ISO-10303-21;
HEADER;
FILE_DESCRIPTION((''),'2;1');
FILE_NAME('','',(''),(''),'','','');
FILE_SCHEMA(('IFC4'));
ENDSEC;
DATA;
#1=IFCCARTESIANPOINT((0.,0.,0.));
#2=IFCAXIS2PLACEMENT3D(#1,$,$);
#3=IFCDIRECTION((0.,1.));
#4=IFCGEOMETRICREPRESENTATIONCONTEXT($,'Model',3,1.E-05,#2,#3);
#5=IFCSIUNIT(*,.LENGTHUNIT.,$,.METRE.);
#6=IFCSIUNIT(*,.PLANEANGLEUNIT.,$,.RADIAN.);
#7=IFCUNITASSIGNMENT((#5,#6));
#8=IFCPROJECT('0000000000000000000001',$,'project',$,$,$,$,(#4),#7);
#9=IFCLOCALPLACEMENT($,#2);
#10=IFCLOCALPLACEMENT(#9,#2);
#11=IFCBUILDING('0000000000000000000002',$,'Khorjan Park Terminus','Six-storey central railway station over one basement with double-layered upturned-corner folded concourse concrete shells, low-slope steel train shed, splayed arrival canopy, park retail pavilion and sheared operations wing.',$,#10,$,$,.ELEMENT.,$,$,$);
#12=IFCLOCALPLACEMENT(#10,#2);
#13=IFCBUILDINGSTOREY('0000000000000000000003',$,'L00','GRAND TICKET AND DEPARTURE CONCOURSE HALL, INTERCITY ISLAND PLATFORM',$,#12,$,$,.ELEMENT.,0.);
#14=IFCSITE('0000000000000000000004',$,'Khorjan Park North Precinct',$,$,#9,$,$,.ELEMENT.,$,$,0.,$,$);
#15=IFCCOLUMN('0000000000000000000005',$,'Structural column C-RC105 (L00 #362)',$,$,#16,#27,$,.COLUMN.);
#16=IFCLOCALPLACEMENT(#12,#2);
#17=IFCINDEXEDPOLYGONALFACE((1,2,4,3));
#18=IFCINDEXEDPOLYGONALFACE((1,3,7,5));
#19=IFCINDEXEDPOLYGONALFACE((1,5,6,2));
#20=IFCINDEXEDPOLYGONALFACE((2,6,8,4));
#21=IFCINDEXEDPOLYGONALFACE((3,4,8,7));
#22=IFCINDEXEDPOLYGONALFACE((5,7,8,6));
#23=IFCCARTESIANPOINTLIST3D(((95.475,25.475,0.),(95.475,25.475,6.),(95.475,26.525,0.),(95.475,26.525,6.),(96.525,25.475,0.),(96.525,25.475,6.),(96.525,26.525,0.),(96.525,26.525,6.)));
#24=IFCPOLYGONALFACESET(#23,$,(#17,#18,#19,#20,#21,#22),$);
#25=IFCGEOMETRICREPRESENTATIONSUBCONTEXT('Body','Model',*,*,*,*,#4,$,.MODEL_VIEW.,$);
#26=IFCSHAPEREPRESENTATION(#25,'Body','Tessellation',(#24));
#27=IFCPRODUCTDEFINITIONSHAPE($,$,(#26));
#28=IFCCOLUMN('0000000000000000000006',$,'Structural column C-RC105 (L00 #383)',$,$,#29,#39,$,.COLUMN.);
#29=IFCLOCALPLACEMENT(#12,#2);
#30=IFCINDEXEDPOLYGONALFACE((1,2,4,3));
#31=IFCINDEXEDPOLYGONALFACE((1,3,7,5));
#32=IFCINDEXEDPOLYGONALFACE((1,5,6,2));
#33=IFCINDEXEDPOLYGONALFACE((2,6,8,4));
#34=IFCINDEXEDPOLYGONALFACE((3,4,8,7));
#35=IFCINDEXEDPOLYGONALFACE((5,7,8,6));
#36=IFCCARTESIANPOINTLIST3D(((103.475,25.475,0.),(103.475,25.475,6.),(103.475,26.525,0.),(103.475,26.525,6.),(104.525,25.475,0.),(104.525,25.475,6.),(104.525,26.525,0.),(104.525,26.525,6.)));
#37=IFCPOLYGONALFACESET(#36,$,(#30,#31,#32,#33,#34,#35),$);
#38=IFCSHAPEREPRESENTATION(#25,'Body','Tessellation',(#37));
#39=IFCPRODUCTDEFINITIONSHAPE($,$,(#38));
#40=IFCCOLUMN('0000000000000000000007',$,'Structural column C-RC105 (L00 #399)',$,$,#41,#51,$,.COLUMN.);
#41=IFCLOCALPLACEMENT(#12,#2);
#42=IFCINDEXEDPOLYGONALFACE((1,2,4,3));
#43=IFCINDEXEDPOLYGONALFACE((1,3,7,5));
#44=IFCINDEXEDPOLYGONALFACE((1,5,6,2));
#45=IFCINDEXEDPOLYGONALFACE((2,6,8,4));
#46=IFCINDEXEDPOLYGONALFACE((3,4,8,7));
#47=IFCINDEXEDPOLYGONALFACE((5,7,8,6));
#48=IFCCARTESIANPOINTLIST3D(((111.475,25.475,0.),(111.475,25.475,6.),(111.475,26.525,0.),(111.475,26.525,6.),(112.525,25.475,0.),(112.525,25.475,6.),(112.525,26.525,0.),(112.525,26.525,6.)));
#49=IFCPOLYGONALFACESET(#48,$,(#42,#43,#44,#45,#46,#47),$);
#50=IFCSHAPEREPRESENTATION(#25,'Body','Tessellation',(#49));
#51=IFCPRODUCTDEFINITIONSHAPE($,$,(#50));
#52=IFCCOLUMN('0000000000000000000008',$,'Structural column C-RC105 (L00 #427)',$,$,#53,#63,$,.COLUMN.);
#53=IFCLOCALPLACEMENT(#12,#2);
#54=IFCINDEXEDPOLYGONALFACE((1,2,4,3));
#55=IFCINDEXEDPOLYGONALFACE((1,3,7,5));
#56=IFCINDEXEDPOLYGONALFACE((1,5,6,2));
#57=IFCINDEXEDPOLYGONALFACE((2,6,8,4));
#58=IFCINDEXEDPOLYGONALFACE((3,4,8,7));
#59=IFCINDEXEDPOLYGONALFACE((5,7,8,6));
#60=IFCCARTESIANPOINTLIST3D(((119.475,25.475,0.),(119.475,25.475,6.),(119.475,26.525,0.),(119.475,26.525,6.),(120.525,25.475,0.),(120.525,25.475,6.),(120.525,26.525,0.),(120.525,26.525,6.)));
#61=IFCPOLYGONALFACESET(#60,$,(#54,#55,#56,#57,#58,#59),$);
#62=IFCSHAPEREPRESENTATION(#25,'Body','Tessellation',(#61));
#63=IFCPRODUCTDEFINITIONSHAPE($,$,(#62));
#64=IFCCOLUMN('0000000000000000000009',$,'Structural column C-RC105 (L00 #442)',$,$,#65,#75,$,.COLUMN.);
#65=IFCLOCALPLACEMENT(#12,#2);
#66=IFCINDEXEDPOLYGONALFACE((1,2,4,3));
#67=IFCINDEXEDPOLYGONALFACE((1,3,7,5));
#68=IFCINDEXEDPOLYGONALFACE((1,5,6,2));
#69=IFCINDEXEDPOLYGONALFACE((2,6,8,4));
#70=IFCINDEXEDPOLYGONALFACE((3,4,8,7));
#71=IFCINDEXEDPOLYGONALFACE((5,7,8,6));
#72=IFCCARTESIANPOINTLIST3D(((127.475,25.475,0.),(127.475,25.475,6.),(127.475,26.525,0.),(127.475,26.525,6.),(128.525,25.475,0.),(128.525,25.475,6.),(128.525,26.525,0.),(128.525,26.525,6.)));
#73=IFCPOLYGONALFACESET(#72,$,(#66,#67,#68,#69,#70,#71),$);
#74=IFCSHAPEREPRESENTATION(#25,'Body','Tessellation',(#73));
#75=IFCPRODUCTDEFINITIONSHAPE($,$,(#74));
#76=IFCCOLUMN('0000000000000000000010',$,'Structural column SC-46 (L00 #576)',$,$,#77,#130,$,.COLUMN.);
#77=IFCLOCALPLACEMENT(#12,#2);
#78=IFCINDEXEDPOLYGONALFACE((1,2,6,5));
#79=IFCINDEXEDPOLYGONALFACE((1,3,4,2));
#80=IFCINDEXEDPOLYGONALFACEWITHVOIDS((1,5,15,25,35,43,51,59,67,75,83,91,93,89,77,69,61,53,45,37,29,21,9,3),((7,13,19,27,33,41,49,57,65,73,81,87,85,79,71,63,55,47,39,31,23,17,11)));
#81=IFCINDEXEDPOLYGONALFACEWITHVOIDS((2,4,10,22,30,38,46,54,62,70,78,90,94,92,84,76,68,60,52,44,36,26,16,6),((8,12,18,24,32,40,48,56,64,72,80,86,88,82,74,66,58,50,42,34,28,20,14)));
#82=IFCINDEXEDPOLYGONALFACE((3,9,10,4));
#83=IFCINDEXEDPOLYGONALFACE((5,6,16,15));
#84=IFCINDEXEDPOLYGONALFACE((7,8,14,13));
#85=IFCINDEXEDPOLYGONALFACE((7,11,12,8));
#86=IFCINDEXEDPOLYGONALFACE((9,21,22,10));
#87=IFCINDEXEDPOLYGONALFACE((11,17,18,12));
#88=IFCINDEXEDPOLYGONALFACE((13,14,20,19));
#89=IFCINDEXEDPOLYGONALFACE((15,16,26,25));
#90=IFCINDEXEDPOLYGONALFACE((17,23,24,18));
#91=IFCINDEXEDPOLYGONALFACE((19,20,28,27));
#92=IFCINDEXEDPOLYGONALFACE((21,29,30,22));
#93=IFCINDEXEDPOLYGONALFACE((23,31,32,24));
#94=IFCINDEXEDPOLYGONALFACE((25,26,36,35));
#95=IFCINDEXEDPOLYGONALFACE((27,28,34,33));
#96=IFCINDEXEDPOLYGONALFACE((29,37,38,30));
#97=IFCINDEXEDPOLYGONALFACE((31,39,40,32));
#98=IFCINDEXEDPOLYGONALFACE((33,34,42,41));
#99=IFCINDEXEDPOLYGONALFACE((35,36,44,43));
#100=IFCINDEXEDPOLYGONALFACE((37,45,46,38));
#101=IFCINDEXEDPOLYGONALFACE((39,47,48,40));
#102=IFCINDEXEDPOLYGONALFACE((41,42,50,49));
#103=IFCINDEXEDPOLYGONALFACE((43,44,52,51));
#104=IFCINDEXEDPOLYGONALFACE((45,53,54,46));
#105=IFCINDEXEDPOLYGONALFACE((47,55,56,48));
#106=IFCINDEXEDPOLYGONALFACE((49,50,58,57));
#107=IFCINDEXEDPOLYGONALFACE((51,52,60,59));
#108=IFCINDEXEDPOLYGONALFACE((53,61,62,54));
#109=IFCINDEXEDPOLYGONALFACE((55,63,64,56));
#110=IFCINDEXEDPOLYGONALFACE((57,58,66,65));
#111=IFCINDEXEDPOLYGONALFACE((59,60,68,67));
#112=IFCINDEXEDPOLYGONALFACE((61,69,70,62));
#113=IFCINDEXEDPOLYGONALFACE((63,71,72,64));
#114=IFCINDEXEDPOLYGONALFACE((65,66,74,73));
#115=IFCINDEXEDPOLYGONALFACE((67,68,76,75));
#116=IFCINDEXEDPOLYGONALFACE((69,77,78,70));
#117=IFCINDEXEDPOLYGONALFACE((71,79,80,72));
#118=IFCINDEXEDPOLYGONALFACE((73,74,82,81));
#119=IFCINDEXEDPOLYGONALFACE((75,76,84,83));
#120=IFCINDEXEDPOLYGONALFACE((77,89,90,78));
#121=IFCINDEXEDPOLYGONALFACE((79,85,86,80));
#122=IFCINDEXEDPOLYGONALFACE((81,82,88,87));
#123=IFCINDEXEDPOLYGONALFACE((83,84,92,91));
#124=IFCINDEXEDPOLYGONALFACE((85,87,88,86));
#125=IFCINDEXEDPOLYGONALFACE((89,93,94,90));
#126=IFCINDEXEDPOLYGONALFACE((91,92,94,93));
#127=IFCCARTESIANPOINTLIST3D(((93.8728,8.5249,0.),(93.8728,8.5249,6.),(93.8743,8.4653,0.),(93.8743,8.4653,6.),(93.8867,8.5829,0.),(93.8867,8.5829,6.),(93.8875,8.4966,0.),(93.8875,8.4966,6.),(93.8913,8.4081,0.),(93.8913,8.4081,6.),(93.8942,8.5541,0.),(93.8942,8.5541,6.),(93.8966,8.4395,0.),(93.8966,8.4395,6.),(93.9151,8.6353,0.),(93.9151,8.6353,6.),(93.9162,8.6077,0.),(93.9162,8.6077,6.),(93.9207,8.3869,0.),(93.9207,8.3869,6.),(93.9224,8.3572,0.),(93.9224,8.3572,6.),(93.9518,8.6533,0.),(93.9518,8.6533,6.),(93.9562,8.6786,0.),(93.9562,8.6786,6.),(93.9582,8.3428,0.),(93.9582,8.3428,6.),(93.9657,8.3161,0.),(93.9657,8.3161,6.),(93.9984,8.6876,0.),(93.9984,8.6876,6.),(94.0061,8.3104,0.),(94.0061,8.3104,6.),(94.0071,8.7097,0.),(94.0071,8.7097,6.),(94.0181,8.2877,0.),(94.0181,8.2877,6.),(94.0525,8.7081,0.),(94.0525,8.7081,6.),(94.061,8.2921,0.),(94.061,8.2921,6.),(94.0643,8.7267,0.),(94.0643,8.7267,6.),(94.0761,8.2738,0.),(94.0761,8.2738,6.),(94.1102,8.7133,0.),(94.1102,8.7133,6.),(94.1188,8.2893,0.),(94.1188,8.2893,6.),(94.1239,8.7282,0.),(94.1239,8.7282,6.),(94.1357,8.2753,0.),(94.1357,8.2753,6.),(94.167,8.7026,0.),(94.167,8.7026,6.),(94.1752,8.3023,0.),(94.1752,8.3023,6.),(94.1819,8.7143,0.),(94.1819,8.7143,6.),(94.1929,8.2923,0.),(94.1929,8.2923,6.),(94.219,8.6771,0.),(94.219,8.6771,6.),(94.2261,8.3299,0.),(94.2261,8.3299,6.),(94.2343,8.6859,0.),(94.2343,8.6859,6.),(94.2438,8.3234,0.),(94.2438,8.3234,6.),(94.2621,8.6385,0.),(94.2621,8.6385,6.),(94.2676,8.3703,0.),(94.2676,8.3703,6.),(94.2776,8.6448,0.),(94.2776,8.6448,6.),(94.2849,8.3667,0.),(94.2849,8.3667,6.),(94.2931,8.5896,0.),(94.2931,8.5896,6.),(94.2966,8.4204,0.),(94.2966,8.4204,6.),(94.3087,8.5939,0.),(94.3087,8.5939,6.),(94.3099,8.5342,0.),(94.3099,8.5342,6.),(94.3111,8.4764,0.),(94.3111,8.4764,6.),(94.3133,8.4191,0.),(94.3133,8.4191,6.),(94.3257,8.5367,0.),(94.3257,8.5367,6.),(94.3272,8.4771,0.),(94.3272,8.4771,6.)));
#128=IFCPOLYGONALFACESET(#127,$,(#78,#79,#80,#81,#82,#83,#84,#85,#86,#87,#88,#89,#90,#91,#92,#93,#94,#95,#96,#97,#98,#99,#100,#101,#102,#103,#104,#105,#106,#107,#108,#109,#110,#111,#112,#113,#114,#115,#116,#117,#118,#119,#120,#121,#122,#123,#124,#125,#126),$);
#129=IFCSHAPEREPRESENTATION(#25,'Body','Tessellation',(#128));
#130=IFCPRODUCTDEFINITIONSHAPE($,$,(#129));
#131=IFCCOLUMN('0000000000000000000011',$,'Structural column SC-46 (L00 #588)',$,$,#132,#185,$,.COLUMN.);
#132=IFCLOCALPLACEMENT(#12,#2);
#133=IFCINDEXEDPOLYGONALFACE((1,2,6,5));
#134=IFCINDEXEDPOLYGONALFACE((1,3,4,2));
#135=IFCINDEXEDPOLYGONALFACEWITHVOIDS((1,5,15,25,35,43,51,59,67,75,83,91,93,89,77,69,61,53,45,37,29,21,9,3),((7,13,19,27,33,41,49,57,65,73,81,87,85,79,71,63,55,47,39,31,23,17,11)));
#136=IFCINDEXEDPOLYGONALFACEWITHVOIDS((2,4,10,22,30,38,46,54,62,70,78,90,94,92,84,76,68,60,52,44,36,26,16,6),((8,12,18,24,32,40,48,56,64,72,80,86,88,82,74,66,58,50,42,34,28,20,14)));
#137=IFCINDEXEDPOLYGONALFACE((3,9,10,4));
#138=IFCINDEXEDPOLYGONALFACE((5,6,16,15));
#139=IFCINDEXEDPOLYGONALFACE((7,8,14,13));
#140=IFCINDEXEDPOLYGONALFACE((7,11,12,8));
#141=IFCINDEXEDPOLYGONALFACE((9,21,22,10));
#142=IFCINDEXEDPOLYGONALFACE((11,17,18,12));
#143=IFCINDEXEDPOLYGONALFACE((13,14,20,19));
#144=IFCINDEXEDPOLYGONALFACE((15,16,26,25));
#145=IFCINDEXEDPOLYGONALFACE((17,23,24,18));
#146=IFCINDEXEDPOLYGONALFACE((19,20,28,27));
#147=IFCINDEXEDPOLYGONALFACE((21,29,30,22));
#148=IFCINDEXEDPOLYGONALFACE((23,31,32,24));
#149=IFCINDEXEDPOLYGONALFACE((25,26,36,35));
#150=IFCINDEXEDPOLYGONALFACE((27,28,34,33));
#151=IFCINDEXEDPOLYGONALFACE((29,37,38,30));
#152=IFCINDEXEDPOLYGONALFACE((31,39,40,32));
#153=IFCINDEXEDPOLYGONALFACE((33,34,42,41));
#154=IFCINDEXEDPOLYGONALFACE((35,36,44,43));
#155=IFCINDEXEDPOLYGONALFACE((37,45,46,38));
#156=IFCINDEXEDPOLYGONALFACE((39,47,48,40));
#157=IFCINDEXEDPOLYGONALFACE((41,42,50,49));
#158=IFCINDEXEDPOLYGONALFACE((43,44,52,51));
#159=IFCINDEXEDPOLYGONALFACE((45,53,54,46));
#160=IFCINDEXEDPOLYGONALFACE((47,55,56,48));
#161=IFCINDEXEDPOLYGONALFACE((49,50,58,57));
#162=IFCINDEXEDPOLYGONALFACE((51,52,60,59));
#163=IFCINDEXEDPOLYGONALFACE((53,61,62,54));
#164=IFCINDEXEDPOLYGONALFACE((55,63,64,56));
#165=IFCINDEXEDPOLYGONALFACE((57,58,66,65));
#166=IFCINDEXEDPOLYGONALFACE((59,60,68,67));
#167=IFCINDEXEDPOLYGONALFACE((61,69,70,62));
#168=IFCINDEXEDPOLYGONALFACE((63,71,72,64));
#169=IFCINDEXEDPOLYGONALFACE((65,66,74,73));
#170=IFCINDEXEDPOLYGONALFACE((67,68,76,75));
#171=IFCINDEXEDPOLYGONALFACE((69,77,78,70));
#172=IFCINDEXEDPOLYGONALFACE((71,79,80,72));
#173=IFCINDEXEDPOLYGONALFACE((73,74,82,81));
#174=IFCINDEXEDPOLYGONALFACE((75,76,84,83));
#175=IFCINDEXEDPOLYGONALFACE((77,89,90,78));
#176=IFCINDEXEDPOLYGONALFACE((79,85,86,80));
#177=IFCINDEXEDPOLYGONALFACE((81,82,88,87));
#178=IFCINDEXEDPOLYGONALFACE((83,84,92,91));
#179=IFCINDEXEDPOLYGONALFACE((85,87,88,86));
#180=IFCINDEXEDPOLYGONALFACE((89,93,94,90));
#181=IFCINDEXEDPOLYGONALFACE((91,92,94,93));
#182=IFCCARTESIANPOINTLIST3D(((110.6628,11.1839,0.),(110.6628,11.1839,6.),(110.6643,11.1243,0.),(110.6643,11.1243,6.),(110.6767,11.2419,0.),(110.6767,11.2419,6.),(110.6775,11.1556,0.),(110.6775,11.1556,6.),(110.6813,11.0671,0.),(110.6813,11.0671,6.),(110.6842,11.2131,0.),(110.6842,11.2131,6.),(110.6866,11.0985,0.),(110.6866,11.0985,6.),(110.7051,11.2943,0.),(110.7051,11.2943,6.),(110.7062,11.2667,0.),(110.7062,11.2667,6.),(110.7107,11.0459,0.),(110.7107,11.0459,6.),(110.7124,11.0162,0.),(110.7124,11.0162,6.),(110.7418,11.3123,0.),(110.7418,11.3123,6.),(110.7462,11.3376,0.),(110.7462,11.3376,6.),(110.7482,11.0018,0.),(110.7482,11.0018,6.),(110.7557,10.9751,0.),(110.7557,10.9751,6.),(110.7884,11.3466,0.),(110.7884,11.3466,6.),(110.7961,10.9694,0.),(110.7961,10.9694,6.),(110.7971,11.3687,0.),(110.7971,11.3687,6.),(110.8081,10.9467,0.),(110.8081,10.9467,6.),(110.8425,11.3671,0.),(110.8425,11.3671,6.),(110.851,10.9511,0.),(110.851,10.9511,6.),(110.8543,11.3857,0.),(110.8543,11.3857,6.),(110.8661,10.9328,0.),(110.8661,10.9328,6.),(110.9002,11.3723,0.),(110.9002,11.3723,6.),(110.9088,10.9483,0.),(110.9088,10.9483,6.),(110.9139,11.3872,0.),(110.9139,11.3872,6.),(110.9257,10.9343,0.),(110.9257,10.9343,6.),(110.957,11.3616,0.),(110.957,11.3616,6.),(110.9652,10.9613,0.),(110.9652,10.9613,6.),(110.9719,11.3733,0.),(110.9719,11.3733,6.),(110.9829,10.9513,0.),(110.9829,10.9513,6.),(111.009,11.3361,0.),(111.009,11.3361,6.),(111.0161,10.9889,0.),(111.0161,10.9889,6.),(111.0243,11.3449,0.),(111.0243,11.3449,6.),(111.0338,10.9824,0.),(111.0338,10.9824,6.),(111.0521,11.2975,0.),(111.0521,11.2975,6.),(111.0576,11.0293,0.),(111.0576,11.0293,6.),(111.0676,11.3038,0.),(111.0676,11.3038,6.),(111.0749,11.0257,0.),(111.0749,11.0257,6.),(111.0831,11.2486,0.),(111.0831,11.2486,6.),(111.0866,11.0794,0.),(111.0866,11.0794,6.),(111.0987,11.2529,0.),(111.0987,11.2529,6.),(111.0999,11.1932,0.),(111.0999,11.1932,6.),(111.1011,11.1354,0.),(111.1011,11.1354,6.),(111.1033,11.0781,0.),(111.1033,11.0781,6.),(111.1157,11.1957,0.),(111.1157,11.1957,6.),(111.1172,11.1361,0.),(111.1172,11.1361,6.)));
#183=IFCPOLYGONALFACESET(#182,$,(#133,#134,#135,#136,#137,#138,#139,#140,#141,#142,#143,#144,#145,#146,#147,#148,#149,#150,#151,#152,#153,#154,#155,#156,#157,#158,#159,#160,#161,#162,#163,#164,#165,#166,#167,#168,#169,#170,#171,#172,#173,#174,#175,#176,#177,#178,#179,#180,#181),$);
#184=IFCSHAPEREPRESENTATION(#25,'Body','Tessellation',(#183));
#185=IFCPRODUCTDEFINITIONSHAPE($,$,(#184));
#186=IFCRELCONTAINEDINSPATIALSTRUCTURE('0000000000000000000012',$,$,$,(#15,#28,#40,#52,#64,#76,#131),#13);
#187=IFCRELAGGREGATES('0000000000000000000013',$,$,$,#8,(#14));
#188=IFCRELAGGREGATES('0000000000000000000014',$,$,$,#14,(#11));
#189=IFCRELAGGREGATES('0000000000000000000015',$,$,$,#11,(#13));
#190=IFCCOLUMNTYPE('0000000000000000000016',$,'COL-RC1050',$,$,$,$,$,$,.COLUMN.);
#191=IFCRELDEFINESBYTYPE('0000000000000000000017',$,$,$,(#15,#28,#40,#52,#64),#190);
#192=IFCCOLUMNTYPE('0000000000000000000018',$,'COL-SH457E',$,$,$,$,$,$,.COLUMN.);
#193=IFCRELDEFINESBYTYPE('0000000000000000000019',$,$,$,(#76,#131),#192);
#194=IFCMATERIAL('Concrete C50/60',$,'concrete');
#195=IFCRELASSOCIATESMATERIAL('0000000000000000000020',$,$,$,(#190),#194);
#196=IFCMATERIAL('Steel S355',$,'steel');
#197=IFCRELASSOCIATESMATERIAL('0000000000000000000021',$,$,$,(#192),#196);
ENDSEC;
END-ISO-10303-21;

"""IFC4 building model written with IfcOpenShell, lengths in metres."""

from ifc_helpers import new_model, si_unit, direction, frame, origin, origin_2d, place, context, subcontext, project, spatial, rectangle, hollow_circle, extrude, material, material_profile, profile_set, type_object, element, save


model = new_model("IFC4")

# Units and contexts
model_context = context("Model", 3, precision=1e-05, world=origin(), true_north=direction((0.0, 1.0)))
body_context = subcontext(model_context, "Body", "Model", "MODEL_VIEW")
ifc_project = project(units=[si_unit("LENGTHUNIT", "METRE"), si_unit("PLANEANGLEUNIT", "RADIAN")], contexts=[model_context])

# Site, building, storey
site_placement = place(None, origin())
site = spatial("IfcSite", under=ifc_project, at=site_placement, Name="Khorjan Park North Precinct", CompositionType="ELEMENT", RefElevation=0.0)
building_placement = place(site_placement, origin())
building = spatial("IfcBuilding", under=site, at=building_placement, Name="Khorjan Park Terminus", Description="Six-storey central railway station over one basement with double-layered upturned-corner folded concourse concrete shells, low-slope steel train shed, splayed arrival canopy, park retail pavilion and sheared operations wing.", CompositionType="ELEMENT")
storey_placement = place(building_placement, origin())
storey = spatial("IfcBuildingStorey", under=building, at=storey_placement, Name="L00", Description="GRAND TICKET AND DEPARTURE CONCOURSE HALL, INTERCITY ISLAND PLATFORM", CompositionType="ELEMENT", Elevation=0.0)

# Columns
ifc_material_1 = material(Name="Concrete C50/60", Category="concrete")
ifc_material_profile_1 = material_profile(ifc_material_1, rectangle(XDim=1.05, YDim=1.05, at=origin_2d()), Name="RC 1050x1050")
ifc_profile_set_1 = profile_set([ifc_material_profile_1], Name="Concrete C50/60")
column_type_1 = type_object("IfcColumnType", Name="COL-RC1050", PredefinedType="COLUMN", material=ifc_profile_set_1)
for number, where, z_axis, x_axis, name in (
    (1, (96.0, 26.0, 0.0), (0.0, 0.0, 1.0), (1.0, 0.0, 0.0), "Structural column C-RC105 (L00 #362)"),
    (2, (104.0, 26.0, 0.0), (0.0, 0.0, 1.0), (1.0, 0.0, 0.0), "Structural column C-RC105 (L00 #383)"),
    (3, (112.0, 26.0, 0.0), (0.0, 0.0, 1.0), (1.0, 0.0, 0.0), "Structural column C-RC105 (L00 #399)"),
    (4, (120.0, 26.0, 0.0), (0.0, 0.0, 1.0), (1.0, 0.0, 0.0), "Structural column C-RC105 (L00 #427)"),
    (5, (128.0, 26.0, 0.0), (0.0, 0.0, 1.0), (1.0, 0.0, 0.0), "Structural column C-RC105 (L00 #442)"),
):
    element("IfcColumn", number, at=place(storey_placement, frame(where, z_axis=z_axis, x_axis=x_axis)), inside=storey, type_object=column_type_1, Name=name, PredefinedType="COLUMN", context=body_context, shape_type="SweptSolid", body=[
        extrude(rectangle(XDim=1.05, YDim=1.05, at=origin_2d()), origin(), (0.0, 0.0, 1.0), 6.0),
    ])
ifc_material_2 = material(Name="Steel S355", Category="steel")
ifc_material_profile_2 = material_profile(ifc_material_2, hollow_circle(Radius=0.2285, WallThickness=0.016, at=origin_2d()), Name="CHS 457x16")
ifc_profile_set_2 = profile_set([ifc_material_profile_2], Name="Steel S355")
column_type_2 = type_object("IfcColumnType", Name="COL-SH457E", PredefinedType="COLUMN", material=ifc_profile_set_2)
for number, where, z_axis, x_axis, name in (
    (6, (94.1, 8.501, 0.0), (0.0, 0.0, 1.0), (0.987688, 0.156434, 0.0), "Structural column SC-46 (L00 #576)"),
    (7, (110.89, 11.16, 0.0), (0.0, 0.0, 1.0), (0.987688, 0.156434, 0.0), "Structural column SC-46 (L00 #588)"),
):
    element("IfcColumn", number, at=place(storey_placement, frame(where, z_axis=z_axis, x_axis=x_axis)), inside=storey, type_object=column_type_2, Name=name, PredefinedType="COLUMN", context=body_context, shape_type="SweptSolid", body=[
        extrude(hollow_circle(Radius=0.2285, WallThickness=0.016, at=origin_2d()), origin(), (0.0, 0.0, 1.0), 6.0),
    ])

save(model, "model.ifc")
